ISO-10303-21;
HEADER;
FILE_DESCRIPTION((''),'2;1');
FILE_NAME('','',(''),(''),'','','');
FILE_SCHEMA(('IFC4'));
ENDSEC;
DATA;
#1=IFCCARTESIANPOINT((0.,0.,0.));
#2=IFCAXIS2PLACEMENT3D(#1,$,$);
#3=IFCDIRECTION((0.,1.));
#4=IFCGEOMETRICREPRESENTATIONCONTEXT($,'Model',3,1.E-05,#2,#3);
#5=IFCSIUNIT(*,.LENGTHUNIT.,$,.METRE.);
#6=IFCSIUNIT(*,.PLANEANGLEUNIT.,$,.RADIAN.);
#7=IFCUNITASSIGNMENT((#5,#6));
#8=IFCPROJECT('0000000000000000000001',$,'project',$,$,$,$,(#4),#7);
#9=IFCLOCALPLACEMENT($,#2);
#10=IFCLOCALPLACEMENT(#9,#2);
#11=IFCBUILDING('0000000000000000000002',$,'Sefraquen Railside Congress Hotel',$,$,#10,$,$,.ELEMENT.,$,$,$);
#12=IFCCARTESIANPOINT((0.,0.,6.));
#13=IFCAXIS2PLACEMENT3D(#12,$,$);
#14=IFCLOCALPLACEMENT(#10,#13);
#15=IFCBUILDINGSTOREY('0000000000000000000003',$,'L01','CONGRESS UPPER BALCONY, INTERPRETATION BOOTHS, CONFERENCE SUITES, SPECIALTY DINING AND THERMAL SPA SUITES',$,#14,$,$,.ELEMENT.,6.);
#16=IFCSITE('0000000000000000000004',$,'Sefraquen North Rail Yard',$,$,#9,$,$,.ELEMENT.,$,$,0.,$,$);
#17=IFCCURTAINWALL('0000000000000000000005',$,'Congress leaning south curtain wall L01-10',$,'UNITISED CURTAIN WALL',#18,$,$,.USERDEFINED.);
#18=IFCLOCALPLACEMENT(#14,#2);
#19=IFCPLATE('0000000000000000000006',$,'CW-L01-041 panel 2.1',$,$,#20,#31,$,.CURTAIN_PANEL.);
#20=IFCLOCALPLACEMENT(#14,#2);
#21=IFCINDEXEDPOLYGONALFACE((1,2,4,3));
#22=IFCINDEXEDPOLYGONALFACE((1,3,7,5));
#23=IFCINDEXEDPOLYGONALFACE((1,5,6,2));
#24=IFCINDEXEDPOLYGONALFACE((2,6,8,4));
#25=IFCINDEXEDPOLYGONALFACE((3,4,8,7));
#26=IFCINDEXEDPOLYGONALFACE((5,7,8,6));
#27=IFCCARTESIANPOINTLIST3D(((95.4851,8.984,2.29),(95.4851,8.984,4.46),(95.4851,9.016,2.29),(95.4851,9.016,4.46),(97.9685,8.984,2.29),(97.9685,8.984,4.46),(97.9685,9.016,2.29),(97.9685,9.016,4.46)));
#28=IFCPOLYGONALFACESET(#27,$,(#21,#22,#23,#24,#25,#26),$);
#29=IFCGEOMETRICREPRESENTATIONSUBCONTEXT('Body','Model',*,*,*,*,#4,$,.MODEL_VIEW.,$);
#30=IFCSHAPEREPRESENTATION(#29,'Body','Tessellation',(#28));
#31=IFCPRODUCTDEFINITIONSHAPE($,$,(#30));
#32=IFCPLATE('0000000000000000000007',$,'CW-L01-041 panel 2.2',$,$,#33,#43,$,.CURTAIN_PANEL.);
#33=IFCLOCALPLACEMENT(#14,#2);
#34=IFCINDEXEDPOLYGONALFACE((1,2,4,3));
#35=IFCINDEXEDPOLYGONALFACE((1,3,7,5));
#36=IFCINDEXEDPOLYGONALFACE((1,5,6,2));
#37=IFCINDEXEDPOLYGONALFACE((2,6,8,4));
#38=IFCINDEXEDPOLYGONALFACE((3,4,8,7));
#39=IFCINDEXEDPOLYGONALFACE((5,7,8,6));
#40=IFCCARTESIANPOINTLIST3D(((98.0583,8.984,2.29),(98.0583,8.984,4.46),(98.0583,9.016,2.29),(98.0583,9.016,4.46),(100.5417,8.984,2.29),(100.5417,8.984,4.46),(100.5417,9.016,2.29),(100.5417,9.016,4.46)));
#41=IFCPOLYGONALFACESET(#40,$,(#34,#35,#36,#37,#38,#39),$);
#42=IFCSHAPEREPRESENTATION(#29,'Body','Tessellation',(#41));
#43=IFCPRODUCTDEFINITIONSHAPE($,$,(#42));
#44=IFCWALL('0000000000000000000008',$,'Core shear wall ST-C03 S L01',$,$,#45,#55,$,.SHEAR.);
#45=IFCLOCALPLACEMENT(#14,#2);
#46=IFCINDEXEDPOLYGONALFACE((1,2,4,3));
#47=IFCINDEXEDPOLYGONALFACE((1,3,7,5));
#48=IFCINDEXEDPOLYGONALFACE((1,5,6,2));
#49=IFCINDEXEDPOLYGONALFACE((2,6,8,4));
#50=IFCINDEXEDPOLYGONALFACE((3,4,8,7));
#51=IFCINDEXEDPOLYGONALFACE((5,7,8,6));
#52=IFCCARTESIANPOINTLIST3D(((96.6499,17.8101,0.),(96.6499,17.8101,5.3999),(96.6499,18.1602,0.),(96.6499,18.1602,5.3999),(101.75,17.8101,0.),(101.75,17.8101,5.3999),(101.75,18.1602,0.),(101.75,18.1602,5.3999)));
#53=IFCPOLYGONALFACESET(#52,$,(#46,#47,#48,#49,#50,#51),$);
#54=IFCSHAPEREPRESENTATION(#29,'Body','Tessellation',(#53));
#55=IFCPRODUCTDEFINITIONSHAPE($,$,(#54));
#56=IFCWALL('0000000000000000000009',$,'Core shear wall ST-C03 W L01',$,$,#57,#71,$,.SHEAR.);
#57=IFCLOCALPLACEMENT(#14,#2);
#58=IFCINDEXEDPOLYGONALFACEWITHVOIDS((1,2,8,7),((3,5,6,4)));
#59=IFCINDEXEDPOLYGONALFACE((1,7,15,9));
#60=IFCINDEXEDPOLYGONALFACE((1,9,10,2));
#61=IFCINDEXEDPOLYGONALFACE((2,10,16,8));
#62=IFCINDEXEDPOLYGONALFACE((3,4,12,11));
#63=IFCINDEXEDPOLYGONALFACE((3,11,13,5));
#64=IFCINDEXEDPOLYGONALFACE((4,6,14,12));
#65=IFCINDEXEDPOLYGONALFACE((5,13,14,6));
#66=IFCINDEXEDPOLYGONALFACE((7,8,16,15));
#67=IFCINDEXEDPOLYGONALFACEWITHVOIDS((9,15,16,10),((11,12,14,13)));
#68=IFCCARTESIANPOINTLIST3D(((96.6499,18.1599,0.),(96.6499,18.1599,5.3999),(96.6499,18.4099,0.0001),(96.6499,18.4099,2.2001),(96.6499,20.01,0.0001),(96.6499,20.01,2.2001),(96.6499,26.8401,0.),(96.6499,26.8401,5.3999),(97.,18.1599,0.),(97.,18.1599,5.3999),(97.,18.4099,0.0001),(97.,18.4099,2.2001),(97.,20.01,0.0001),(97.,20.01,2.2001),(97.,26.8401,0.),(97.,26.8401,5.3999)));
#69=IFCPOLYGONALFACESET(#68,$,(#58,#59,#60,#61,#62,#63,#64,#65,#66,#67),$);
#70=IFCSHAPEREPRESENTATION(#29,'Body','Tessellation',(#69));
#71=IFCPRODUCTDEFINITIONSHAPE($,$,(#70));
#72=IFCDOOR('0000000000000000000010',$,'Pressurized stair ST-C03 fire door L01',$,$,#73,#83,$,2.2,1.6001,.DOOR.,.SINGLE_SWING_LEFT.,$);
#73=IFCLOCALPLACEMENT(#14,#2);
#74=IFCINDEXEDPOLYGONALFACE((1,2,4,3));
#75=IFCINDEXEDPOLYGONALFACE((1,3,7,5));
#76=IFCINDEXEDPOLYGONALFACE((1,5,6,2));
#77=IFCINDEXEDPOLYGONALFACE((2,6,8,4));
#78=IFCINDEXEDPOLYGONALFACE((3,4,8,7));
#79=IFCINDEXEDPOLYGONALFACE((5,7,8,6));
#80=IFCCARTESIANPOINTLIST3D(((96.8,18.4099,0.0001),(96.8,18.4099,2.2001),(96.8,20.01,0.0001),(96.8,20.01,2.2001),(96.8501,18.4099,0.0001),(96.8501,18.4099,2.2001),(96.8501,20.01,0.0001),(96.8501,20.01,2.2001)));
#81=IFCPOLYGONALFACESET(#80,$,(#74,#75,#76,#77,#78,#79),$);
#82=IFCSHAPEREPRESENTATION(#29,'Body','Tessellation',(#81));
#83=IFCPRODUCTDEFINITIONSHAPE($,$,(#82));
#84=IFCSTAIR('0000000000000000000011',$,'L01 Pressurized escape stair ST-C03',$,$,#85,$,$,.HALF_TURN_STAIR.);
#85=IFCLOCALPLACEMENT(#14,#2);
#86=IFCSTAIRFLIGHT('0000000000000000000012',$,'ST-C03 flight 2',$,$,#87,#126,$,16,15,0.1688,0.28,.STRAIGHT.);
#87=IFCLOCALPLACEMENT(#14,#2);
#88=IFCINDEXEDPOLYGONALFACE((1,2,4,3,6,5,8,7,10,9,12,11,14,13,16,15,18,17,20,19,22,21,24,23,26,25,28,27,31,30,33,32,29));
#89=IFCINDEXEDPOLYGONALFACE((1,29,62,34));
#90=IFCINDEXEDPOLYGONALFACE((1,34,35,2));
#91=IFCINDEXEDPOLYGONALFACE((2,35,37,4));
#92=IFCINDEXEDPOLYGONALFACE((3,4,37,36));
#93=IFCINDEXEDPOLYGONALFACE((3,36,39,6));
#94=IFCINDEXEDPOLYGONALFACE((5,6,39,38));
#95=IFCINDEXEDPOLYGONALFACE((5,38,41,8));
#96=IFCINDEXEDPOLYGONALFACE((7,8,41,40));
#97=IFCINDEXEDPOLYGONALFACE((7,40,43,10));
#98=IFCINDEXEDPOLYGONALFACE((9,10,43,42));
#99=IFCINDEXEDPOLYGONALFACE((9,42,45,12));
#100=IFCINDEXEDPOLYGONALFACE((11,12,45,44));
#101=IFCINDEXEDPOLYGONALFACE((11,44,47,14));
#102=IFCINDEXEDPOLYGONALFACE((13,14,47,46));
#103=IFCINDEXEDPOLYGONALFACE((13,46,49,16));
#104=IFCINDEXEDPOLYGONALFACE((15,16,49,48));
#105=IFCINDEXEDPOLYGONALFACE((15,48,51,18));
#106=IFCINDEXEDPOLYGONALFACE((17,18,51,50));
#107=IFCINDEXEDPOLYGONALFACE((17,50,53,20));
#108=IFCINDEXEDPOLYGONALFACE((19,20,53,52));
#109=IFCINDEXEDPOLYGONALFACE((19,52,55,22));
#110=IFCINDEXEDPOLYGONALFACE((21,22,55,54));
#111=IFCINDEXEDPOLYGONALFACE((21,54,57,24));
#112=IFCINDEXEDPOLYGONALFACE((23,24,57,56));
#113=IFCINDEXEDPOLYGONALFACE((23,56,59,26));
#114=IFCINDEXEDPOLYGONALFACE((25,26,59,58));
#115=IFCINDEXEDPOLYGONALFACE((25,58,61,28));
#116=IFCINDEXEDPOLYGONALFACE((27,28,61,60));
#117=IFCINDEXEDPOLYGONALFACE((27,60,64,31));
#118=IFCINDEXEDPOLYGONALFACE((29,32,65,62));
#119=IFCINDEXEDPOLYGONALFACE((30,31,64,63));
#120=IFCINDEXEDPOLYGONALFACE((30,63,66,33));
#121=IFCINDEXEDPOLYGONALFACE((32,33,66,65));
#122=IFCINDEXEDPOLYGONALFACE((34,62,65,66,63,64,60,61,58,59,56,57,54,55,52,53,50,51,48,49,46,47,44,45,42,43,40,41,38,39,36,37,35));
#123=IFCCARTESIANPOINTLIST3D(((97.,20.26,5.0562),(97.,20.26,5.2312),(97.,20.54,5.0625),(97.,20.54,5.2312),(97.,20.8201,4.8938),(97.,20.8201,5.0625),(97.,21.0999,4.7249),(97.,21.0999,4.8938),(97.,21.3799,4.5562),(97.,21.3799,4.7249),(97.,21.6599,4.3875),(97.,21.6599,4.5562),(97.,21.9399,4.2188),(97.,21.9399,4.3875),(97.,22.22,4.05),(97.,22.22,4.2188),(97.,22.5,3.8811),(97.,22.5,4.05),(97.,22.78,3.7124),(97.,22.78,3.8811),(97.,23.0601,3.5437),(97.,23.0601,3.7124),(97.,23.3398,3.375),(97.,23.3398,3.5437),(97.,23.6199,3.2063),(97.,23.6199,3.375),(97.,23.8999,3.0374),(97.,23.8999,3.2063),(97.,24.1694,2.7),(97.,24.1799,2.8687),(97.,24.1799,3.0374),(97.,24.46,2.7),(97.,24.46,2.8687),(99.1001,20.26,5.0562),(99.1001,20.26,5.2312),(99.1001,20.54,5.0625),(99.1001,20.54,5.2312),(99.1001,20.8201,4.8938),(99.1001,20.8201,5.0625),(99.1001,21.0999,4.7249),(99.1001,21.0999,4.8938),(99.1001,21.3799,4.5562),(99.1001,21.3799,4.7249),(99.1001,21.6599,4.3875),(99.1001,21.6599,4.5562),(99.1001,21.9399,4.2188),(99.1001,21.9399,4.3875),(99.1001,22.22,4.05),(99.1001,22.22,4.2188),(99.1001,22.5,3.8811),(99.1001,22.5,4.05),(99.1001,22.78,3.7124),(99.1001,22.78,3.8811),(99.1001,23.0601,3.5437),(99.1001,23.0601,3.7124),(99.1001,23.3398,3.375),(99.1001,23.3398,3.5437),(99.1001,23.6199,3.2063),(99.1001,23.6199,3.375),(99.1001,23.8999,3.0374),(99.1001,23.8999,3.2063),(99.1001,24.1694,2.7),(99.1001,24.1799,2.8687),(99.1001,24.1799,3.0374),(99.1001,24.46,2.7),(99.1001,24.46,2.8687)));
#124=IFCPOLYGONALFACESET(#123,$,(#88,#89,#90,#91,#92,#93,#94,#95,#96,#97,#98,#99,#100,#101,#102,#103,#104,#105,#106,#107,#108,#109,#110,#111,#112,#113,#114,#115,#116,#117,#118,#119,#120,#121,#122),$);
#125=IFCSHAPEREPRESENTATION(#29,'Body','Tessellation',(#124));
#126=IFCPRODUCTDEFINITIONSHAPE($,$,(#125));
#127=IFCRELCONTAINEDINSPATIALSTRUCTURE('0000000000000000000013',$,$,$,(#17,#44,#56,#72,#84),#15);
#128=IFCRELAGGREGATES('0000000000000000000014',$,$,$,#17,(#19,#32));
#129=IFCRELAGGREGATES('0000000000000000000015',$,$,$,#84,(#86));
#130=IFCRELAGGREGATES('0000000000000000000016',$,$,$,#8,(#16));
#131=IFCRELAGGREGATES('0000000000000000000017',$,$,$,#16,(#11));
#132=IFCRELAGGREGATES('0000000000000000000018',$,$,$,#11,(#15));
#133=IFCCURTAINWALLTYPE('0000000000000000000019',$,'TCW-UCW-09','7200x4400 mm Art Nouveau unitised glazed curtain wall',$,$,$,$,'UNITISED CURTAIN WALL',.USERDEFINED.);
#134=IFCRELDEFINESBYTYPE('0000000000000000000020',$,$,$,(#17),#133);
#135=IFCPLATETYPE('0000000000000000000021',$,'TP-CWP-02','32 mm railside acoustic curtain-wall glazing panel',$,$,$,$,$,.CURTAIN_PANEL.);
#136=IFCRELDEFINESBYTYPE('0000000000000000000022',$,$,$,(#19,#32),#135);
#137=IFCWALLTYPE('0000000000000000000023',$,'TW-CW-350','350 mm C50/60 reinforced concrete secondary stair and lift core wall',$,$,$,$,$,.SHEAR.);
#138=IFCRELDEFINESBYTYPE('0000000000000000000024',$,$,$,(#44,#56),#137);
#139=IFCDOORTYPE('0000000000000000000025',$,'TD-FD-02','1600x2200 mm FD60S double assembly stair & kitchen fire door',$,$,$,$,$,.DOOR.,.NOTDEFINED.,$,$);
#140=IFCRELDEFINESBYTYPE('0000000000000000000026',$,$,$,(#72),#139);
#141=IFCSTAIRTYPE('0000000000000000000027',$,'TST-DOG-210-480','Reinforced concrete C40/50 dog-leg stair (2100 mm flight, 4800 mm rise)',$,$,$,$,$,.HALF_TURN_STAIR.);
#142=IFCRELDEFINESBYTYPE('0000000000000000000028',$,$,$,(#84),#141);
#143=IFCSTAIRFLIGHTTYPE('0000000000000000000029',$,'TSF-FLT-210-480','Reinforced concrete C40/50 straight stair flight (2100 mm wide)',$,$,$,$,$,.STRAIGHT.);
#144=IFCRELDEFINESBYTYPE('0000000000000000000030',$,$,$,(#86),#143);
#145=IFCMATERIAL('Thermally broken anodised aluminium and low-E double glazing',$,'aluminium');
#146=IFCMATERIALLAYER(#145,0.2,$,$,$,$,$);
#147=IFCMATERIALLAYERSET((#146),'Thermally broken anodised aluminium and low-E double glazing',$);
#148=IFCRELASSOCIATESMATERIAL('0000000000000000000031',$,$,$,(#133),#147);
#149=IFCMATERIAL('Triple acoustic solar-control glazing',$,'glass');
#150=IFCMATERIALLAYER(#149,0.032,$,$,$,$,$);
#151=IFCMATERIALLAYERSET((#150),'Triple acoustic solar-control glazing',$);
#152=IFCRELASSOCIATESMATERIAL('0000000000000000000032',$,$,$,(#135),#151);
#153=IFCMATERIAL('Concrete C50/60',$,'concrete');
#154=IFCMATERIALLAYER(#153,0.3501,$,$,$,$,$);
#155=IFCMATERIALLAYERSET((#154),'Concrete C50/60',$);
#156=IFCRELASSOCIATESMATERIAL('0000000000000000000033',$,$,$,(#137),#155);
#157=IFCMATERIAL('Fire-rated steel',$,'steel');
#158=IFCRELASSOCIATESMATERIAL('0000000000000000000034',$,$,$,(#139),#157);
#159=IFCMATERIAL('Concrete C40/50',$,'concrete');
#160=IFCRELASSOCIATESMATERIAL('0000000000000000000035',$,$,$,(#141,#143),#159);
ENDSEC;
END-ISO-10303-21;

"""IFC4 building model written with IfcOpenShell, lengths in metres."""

from ifc_helpers import new_model, si_unit, direction, frame, frame_2d, origin, origin_2d, place, context, subcontext, project, spatial, polyline, rectangle, outline, extrude, material, layer, layer_set, type_object, element, fill, aggregate, save


model = new_model("IFC4")

# Units and contexts
model_context = context("Model", 3, precision=1e-05, world=origin(), true_north=direction((0.0, 1.0)))
body_context = subcontext(model_context, "Body", "Model", "MODEL_VIEW")
ifc_project = project(units=[si_unit("LENGTHUNIT", "METRE"), si_unit("PLANEANGLEUNIT", "RADIAN")], contexts=[model_context])

# Site, building, storey
site_placement = place(None, origin())
site = spatial("IfcSite", under=ifc_project, at=site_placement, Name="Sefraquen North Rail Yard", CompositionType="ELEMENT", RefElevation=0.0)
building_placement = place(site_placement, origin())
building = spatial("IfcBuilding", under=site, at=building_placement, Name="Sefraquen Railside Congress Hotel", CompositionType="ELEMENT")
storey_placement = place(building_placement, frame((0.0, 0.0, 6.0)))
storey = spatial("IfcBuildingStorey", under=building, at=storey_placement, Name="L01", Description="CONGRESS UPPER BALCONY, INTERPRETATION BOOTHS, CONFERENCE SUITES, SPECIALTY DINING AND THERMAL SPA SUITES", CompositionType="ELEMENT", Elevation=6.0)

# Curtain wall, plates
ifc_material_1 = material(Name="Thermally broken anodised aluminium and low-E double glazing", Category="aluminium")
ifc_layer_1 = layer(ifc_material_1, 0.2)
ifc_layer_set_1 = layer_set([ifc_layer_1], Name="Thermally broken anodised aluminium and low-E double glazing")
curtain_wall_type = type_object("IfcCurtainWallType", Name="TCW-UCW-09", Description="7200x4400 mm Art Nouveau unitised glazed curtain wall", ElementType="UNITISED CURTAIN WALL", PredefinedType="USERDEFINED", material=ifc_layer_set_1)
curtain_wall_placement = place(storey_placement, origin())
curtain_wall = element("IfcCurtainWall", 1, at=curtain_wall_placement, inside=storey, type_object=curtain_wall_type, Name="Congress leaning south curtain wall L01-10", ObjectType="UNITISED CURTAIN WALL", PredefinedType="USERDEFINED")
ifc_material_2 = material(Name="Triple acoustic solar-control glazing", Category="glass")
ifc_layer_2 = layer(ifc_material_2, 0.032)
ifc_layer_set_2 = layer_set([ifc_layer_2], Name="Triple acoustic solar-control glazing")
plate_type_1 = type_object("IfcPlateType", Name="TP-CWP-02", Description="32 mm railside acoustic curtain-wall glazing panel", PredefinedType="CURTAIN_PANEL", material=ifc_layer_set_2)
plate_1_placement = place(storey_placement, frame((96.7268, 9.0, 2.29), z_axis=(0.0, 0.0, 1.0), x_axis=(1.0, 0.0, 0.0)))
plate_1 = element("IfcPlate", 2, at=plate_1_placement, type_object=plate_type_1, Name="CW-L01-041 panel 2.1", PredefinedType="CURTAIN_PANEL", context=body_context, shape_type="SweptSolid", body=[
    extrude(rectangle(XDim=2.4834, YDim=0.032, at=origin_2d()), origin(), (0.0, 0.0, 1.0), 2.1699),
])
plate_2_placement = place(storey_placement, frame((99.3, 9.0, 2.29), z_axis=(0.0, 0.0, 1.0), x_axis=(1.0, 0.0, 0.0)))
plate_2 = element("IfcPlate", 3, at=plate_2_placement, type_object=plate_type_1, Name="CW-L01-041 panel 2.2", PredefinedType="CURTAIN_PANEL", context=body_context, shape_type="SweptSolid", body=[
    extrude(rectangle(XDim=2.4834, YDim=0.032, at=origin_2d()), origin(), (0.0, 0.0, 1.0), 2.1699),
])
aggregate(curtain_wall, [plate_1, plate_2])

# Wall
ifc_material_3 = material(Name="Concrete C50/60", Category="concrete")
ifc_layer_3 = layer(ifc_material_3, 0.3501)
ifc_layer_set_3 = layer_set([ifc_layer_3], Name="Concrete C50/60")
wall_type = type_object("IfcWallType", Name="TW-CW-350", Description="350 mm C50/60 reinforced concrete secondary stair and lift core wall", PredefinedType="SHEAR", material=ifc_layer_set_3)
wall_1_placement = place(storey_placement, frame((96.6499, 17.9851, 0.0), z_axis=(0.0, 0.0, 1.0), x_axis=(1.0, 0.0, 0.0)))
element("IfcWall", 4, at=wall_1_placement, inside=storey, type_object=wall_type, Name="Core shear wall ST-C03 S L01", PredefinedType="SHEAR", context=body_context, shape_type="SweptSolid", body=[
    extrude(rectangle(XDim=5.1001, YDim=0.3501, at=frame_2d((2.55, 0.0))), origin(), (0.0, 0.0, 1.0), 5.3999),
])

# Wall, opening, door
wall_2_placement = place(storey_placement, frame((96.825, 18.1599, 0.0), z_axis=(0.0, 0.0, 1.0), x_axis=(0.0, 1.0, 0.0)))
wall_2 = element("IfcWall", 5, at=wall_2_placement, inside=storey, type_object=wall_type, Name="Core shear wall ST-C03 W L01", PredefinedType="SHEAR", context=body_context, shape_type="SweptSolid", body=[
    extrude(rectangle(XDim=8.6802, YDim=0.3501, at=frame_2d((4.3401, 0.0))), origin(), (0.0, 0.0, 1.0), 5.3999),
])
opening_placement = place(wall_2_placement, frame((0.25, 0.0, 0.0)))
opening = element("IfcOpeningElement", 6, at=opening_placement, cuts=wall_2, PredefinedType="OPENING", context=body_context, shape_type="SweptSolid", body=[
    extrude(rectangle(XDim=1.6001, YDim=2.2, at=frame_2d((0.8, 1.1001))), frame((0.0, 0.1851, 0.0), z_axis=(0.0, -1.0, 0.0), x_axis=(1.0, 0.0, 0.0)), (0.0, 0.0, 1.0), 0.3701),
])
ifc_material_4 = material(Name="Fire-rated steel", Category="steel")
door_type = type_object("IfcDoorType", Name="TD-FD-02", Description="1600x2200 mm FD60S double assembly stair & kitchen fire door", OperationType="NOTDEFINED", PredefinedType="DOOR", material=ifc_material_4)
door_placement = place(opening_placement, origin())
door = element("IfcDoor", 7, at=door_placement, inside=storey, type_object=door_type, Name="Pressurized stair ST-C03 fire door L01", OperationType="SINGLE_SWING_LEFT", OverallHeight=2.2, OverallWidth=1.6001, PredefinedType="DOOR", context=body_context, shape_type="SweptSolid", body=[
    extrude(rectangle(XDim=1.6001, YDim=2.2, at=frame_2d((0.8, 1.1001))), frame((0.0, 0.0249, 0.0), z_axis=(0.0, -1.0, 0.0), x_axis=(1.0, 0.0, 0.0)), (0.0, 0.0, 1.0), 0.05),
])
fill(opening, door)

# Stair, stair flight
ifc_material_5 = material(Name="Concrete C40/50", Category="concrete")
stair_type = type_object("IfcStairType", Name="TST-DOG-210-480", Description="Reinforced concrete C40/50 dog-leg stair (2100 mm flight, 4800 mm rise)", PredefinedType="HALF_TURN_STAIR", material=ifc_material_5)
stair_placement = place(storey_placement, origin())
stair = element("IfcStair", 8, at=stair_placement, inside=storey, type_object=stair_type, Name="L01 Pressurized escape stair ST-C03", PredefinedType="HALF_TURN_STAIR")
stair_flight_type = type_object("IfcStairFlightType", Name="TSF-FLT-210-480", Description="Reinforced concrete C40/50 straight stair flight (2100 mm wide)", PredefinedType="STRAIGHT", material=ifc_material_5)
stair_flight_placement = place(storey_placement, frame((98.05, 24.46, 2.7), z_axis=(0.0, 0.0, 1.0), x_axis=(0.0, -1.0, 0.0)))
stair_flight = element("IfcStairFlight", 9, at=stair_flight_placement, type_object=stair_flight_type, Name="ST-C03 flight 2", NumberOfRisers=16, NumberOfTreads=15, PredefinedType="STRAIGHT", RiserHeight=0.1688, TreadLength=0.28, context=body_context, shape_type="SweptSolid", body=[
    extrude(outline(polyline([(0.0, 0.0), (0.0, 0.1687), (0.28, 0.1687), (0.28, 0.3374), (0.5601, 0.3374), (0.5601, 0.5063), (0.8401, 0.5063), (0.8401, 0.675), (1.1201, 0.675), (1.1201, 0.8438), (1.3999, 0.8438), (1.3999, 1.0125), (1.6799, 1.0125), (1.6799, 1.1812), (1.96, 1.1812), (1.96, 1.3501), (2.24, 1.3501), (2.24, 1.5188), (2.52, 1.5188), (2.52, 1.6875), (2.8, 1.6875), (2.8, 1.8562), (3.0801, 1.8562), (3.0801, 2.0249), (3.3601, 2.0249), (3.3601, 2.1938), (3.6399, 2.1938), (3.6399, 2.3625), (3.9199, 2.3625), (3.9199, 2.5312), (4.2, 2.5312), (4.2, 2.7), (4.2, 2.3562), (0.2905, 0.0), (0.0, 0.0)])), frame((0.0, 1.05, 0.0), z_axis=(0.0, -1.0, 0.0), x_axis=(1.0, 0.0, 0.0)), (0.0, 0.0, 1.0), 2.1001),
])
aggregate(stair, [stair_flight])

save(model, "model.ifc")
